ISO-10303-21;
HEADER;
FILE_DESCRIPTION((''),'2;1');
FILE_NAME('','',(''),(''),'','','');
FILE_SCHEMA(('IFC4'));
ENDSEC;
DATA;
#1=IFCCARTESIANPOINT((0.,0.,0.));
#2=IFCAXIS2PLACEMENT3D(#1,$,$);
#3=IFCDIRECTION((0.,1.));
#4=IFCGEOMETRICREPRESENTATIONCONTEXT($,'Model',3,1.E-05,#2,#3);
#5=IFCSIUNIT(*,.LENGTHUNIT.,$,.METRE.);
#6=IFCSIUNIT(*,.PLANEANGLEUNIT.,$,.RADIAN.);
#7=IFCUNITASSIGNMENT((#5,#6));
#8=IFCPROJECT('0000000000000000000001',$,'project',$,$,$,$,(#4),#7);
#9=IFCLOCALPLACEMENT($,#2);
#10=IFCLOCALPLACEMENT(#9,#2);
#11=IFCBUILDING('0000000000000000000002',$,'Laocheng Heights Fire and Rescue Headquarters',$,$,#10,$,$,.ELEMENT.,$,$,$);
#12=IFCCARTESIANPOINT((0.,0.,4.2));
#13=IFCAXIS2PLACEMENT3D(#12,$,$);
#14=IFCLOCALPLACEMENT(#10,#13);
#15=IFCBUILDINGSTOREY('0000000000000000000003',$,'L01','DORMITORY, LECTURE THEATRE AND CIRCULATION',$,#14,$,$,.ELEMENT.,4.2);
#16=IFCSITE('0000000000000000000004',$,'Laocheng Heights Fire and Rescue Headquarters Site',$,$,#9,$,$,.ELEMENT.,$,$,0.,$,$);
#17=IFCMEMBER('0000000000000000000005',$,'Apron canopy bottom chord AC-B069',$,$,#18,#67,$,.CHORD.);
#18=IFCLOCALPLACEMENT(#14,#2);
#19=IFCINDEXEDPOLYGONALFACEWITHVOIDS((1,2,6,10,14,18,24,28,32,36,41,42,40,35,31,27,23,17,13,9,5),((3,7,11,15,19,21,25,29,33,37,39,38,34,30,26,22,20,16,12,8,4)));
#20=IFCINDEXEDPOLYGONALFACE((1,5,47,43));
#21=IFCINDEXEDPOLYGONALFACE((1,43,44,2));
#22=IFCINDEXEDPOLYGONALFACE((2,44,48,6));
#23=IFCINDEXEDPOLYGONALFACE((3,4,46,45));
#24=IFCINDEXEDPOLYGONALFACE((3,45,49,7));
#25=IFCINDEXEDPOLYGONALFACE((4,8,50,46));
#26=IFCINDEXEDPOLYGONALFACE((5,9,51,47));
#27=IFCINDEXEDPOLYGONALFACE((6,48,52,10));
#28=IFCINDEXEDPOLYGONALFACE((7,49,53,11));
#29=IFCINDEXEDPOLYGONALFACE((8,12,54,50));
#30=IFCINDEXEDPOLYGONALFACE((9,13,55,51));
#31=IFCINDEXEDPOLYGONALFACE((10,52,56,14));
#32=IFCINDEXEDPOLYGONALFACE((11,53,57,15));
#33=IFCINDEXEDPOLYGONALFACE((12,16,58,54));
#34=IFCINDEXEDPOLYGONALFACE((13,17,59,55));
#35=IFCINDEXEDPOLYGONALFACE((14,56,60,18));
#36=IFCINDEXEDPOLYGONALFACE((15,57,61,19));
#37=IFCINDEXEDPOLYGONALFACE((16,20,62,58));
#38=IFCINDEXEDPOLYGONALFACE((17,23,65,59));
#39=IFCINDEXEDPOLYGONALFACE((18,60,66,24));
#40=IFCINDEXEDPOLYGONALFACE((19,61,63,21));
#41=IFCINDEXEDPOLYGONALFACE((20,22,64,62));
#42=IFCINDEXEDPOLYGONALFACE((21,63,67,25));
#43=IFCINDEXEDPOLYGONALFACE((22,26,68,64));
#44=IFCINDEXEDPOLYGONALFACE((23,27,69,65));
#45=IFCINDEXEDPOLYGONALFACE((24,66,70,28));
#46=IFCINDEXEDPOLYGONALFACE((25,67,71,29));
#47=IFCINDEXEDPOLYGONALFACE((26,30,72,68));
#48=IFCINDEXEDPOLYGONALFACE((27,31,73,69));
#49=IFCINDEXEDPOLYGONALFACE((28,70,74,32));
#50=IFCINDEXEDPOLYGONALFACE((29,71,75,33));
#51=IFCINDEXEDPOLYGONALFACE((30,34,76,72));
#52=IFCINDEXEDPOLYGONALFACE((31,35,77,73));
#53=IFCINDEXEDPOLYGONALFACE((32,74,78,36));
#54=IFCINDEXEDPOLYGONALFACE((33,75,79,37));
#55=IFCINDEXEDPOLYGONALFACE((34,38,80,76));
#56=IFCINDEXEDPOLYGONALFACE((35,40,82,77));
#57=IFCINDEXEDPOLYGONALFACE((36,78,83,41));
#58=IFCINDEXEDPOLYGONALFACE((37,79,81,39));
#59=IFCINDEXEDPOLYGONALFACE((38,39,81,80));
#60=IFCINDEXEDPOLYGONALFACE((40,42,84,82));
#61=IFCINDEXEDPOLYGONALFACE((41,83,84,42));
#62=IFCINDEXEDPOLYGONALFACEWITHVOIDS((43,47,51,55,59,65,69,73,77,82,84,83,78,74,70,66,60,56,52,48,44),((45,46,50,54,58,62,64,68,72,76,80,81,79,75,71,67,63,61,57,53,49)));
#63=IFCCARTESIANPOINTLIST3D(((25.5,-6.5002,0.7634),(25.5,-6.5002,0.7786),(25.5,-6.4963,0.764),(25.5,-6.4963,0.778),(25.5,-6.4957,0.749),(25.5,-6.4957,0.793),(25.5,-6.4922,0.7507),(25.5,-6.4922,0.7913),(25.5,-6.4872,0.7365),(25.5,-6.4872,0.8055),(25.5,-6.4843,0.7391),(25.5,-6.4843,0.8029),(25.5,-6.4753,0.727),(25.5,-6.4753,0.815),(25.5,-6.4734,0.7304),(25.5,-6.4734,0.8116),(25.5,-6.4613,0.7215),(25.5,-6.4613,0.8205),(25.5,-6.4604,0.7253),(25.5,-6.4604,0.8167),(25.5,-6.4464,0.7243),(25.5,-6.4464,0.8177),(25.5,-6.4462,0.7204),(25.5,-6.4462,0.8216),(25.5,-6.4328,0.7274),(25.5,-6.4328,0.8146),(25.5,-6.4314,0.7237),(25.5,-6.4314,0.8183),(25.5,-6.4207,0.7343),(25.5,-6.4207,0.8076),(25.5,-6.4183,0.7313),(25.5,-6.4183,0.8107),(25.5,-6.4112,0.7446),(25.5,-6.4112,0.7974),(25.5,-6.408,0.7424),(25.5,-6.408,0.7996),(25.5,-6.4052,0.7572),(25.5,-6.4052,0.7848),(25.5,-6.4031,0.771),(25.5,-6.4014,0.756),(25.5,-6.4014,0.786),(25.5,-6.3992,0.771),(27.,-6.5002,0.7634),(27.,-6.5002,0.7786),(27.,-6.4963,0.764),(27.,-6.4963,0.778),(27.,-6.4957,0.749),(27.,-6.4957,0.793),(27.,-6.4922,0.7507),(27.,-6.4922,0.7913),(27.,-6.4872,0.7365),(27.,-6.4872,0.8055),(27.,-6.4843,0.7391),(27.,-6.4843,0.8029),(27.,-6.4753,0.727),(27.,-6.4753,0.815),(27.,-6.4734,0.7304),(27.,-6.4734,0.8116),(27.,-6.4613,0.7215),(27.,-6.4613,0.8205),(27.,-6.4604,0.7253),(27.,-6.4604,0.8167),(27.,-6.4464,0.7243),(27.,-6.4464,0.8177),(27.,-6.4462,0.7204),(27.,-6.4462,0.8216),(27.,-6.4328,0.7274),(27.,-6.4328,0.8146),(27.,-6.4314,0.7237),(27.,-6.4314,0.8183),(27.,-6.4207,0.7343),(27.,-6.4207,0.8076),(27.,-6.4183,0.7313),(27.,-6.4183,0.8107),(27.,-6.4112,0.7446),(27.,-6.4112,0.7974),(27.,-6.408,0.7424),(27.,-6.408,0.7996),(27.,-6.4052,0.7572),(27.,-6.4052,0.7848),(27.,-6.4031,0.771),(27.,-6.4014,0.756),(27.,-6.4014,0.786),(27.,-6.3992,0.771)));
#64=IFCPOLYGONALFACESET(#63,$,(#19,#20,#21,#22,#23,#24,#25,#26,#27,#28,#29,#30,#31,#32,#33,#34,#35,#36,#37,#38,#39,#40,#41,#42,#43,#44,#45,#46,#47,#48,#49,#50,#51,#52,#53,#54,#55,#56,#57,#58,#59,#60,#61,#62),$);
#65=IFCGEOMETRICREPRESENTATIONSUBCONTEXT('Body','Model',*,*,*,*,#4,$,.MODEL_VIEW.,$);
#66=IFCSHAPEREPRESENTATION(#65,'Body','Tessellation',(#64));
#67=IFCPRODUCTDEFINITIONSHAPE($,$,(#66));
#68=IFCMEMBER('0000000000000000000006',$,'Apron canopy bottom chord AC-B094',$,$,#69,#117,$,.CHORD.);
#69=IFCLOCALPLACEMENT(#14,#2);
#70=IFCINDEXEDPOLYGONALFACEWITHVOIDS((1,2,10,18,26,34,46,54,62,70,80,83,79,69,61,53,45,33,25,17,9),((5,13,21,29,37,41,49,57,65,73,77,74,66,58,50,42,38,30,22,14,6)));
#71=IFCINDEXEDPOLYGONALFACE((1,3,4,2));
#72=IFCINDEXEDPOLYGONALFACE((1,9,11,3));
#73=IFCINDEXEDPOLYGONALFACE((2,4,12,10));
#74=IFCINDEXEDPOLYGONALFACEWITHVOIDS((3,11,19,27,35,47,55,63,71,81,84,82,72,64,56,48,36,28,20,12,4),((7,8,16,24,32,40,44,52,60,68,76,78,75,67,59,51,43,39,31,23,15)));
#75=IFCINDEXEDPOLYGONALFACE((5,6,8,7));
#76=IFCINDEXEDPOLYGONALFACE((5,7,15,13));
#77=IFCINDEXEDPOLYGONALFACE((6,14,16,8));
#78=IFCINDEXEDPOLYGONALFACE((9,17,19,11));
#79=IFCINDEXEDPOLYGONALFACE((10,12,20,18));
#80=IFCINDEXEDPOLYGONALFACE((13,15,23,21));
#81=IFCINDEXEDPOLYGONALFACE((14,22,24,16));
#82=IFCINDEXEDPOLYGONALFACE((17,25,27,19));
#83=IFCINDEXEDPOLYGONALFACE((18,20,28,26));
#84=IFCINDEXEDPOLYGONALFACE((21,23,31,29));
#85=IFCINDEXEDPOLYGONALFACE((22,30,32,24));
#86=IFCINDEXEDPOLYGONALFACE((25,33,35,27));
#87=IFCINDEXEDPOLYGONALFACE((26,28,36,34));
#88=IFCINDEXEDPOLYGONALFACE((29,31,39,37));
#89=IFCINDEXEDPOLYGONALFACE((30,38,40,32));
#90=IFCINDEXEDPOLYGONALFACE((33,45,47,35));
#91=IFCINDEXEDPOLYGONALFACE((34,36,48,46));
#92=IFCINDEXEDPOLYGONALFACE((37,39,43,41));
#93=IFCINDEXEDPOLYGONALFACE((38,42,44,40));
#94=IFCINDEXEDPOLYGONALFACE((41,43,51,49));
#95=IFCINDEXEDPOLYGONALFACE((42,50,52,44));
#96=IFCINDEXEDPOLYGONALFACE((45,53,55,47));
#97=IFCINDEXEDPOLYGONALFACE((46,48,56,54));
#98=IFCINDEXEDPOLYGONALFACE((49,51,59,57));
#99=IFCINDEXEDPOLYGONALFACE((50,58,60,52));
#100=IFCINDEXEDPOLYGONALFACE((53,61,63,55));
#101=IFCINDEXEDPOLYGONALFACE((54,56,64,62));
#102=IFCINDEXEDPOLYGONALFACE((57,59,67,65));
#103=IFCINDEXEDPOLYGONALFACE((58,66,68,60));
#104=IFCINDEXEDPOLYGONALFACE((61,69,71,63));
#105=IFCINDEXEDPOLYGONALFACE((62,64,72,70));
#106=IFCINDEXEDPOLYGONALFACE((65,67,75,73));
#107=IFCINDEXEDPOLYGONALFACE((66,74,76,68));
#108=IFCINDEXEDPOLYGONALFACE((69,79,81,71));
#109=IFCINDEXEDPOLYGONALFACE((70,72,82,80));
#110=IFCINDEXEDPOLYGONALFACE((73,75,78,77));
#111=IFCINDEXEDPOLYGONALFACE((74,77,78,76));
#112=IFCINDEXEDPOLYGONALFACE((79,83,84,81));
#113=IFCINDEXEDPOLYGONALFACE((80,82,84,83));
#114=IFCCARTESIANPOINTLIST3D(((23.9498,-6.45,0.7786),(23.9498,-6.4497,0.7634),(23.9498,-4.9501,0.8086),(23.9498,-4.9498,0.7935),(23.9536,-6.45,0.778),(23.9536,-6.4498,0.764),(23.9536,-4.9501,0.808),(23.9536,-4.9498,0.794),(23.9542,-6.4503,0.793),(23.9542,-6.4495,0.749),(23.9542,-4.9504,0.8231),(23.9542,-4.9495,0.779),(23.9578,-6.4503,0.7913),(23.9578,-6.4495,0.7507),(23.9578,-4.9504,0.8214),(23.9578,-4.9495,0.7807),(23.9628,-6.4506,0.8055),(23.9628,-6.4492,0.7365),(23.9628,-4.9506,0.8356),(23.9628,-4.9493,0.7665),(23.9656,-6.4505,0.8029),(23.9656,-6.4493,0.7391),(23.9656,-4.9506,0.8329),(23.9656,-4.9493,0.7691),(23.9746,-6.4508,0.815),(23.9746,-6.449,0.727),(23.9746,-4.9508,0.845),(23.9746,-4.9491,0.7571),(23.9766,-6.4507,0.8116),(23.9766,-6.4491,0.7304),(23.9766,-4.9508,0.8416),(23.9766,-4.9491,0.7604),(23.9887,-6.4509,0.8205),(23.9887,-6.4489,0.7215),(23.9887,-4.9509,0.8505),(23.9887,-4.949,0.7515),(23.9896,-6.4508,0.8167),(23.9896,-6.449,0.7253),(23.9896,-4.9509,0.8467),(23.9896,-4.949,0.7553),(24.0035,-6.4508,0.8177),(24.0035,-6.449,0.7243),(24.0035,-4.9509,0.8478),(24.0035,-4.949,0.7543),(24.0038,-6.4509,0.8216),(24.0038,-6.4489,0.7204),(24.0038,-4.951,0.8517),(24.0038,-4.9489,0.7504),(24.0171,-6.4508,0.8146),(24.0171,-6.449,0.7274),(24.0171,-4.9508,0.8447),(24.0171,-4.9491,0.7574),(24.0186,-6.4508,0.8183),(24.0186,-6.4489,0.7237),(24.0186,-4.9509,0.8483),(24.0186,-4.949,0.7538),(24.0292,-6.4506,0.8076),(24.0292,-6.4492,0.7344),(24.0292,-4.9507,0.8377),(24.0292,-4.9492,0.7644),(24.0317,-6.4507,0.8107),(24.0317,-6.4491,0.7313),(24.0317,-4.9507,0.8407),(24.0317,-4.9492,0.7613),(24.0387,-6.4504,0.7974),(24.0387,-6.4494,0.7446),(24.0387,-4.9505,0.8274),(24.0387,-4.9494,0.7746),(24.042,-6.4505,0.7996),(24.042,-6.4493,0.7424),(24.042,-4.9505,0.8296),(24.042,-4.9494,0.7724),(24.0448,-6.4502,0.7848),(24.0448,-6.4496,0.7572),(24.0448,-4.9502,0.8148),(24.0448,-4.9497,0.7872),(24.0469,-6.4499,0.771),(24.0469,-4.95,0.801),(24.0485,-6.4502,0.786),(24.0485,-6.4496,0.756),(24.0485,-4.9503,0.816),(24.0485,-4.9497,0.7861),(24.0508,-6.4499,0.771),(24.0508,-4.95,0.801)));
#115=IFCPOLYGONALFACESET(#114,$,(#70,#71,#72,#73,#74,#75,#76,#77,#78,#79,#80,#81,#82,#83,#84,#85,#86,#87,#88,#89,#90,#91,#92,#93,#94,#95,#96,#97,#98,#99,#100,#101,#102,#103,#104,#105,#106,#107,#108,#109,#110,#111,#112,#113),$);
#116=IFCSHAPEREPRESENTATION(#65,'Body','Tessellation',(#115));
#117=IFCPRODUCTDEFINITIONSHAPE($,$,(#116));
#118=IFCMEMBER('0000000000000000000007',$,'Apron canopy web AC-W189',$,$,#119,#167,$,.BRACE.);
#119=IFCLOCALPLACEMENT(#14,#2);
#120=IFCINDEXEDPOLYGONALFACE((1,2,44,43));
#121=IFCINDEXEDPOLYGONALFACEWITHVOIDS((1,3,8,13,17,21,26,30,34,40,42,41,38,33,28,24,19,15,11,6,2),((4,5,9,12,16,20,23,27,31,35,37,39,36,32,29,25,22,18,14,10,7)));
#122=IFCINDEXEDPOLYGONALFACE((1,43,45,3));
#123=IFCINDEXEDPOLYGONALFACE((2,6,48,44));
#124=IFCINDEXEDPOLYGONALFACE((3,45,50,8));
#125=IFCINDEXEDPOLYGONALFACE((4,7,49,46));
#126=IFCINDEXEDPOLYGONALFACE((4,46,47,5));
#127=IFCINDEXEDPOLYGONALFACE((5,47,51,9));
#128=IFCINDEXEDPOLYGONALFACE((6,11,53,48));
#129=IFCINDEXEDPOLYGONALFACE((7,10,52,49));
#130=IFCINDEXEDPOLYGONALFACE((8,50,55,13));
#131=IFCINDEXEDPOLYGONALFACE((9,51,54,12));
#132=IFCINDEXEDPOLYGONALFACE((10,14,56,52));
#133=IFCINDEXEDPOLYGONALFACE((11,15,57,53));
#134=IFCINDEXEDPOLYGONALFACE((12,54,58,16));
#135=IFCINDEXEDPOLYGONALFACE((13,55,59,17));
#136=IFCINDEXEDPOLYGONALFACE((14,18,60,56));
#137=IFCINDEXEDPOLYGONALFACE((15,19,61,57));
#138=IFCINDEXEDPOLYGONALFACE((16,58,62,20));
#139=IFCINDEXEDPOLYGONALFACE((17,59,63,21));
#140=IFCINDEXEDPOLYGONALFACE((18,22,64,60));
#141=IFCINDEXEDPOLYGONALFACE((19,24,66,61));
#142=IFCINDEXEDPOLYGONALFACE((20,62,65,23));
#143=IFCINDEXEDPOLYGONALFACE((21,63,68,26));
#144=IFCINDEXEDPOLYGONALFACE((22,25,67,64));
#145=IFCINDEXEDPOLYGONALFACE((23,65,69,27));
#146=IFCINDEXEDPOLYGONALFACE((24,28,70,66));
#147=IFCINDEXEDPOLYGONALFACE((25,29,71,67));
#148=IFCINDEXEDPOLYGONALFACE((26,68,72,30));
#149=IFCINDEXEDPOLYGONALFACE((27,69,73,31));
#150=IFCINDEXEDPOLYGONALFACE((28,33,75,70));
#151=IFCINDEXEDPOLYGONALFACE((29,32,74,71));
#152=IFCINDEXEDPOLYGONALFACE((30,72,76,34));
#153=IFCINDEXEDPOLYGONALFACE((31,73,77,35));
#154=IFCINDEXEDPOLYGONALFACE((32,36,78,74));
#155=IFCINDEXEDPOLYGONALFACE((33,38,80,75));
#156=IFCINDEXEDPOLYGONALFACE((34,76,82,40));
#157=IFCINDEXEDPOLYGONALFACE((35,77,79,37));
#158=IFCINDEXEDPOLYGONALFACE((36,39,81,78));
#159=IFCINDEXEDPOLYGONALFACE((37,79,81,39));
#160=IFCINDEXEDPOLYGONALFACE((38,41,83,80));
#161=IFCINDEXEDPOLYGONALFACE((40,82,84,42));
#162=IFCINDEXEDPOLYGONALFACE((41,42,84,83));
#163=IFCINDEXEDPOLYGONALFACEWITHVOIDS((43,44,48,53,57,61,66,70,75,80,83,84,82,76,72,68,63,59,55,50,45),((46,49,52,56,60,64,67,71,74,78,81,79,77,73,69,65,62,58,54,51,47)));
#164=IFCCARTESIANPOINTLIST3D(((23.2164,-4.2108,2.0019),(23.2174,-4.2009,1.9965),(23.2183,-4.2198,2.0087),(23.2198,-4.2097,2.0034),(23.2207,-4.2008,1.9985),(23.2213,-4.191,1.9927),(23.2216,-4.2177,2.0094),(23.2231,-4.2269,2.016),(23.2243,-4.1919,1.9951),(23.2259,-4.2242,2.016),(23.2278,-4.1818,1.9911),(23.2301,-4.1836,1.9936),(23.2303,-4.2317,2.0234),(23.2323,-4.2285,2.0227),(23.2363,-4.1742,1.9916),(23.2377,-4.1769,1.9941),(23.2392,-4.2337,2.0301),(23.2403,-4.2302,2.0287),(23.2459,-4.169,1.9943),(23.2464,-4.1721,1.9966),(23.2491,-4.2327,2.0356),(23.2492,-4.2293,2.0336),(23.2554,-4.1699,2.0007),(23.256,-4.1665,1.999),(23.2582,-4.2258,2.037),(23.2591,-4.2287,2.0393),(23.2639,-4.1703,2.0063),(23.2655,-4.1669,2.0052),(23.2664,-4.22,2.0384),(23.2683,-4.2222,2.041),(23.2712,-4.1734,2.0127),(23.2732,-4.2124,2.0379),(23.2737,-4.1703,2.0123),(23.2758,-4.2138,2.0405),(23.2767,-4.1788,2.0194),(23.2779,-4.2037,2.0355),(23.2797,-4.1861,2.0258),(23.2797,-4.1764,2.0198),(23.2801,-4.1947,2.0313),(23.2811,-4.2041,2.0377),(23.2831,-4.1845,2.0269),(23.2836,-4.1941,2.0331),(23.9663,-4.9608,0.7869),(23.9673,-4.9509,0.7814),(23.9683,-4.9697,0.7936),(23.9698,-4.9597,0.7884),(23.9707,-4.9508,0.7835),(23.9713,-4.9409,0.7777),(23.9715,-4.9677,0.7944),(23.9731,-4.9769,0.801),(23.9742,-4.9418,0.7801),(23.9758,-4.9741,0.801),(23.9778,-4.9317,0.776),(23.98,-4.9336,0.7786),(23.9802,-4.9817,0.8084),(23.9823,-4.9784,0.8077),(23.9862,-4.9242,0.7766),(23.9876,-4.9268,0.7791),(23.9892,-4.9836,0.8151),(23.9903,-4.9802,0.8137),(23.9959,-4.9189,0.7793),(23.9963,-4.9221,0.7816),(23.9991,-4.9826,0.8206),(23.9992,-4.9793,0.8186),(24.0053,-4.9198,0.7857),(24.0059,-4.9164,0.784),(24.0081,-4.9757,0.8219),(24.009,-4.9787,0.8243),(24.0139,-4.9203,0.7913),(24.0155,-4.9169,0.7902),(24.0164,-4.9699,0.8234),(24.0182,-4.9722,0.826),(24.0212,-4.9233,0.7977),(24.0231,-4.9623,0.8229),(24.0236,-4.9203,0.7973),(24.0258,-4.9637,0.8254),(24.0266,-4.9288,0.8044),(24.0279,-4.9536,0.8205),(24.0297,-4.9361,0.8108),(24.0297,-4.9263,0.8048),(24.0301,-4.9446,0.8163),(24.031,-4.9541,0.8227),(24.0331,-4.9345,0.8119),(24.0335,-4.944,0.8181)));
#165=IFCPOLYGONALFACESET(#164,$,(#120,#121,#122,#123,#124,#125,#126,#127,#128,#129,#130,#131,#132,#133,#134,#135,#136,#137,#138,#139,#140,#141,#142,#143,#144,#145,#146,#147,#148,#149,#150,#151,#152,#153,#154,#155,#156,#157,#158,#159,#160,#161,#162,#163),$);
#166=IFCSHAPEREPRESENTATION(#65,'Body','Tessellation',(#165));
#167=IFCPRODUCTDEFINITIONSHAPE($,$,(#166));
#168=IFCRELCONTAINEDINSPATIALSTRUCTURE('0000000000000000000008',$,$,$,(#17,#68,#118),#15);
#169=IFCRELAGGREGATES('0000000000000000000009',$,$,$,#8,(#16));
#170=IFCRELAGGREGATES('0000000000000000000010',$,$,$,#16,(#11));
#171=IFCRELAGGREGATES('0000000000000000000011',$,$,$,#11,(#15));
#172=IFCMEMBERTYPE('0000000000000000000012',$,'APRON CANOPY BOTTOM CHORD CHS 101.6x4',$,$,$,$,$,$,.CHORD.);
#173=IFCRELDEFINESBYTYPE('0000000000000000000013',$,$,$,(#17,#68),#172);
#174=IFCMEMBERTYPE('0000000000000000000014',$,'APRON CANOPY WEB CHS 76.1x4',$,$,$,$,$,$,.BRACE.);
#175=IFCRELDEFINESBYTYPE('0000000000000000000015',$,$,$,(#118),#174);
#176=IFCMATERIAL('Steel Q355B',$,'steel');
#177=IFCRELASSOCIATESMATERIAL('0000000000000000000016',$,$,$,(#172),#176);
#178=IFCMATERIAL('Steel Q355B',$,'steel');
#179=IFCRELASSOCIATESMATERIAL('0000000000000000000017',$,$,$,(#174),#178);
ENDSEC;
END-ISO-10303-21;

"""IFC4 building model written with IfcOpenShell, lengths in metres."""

from ifc_helpers import new_model, si_unit, direction, frame, origin, origin_2d, place, context, subcontext, project, spatial, hollow_circle, extrude, material, material_profile, profile_set, type_object, element, save


model = new_model("IFC4")

# Units and contexts
model_context = context("Model", 3, precision=1e-05, world=origin(), true_north=direction((0.0, 1.0)))
body_context = subcontext(model_context, "Body", "Model", "MODEL_VIEW")
ifc_project = project(units=[si_unit("LENGTHUNIT", "METRE"), si_unit("PLANEANGLEUNIT", "RADIAN")], contexts=[model_context])

# Site, building, storey
site_placement = place(None, origin())
site = spatial("IfcSite", under=ifc_project, at=site_placement, Name="Laocheng Heights Fire and Rescue Headquarters Site", CompositionType="ELEMENT", RefElevation=0.0)
building_placement = place(site_placement, origin())
building = spatial("IfcBuilding", under=site, at=building_placement, Name="Laocheng Heights Fire and Rescue Headquarters", CompositionType="ELEMENT")
storey_placement = place(building_placement, frame((0.0, 0.0, 4.2)))
storey = spatial("IfcBuildingStorey", under=building, at=storey_placement, Name="L01", Description="DORMITORY, LECTURE THEATRE AND CIRCULATION", CompositionType="ELEMENT", Elevation=4.2)

# Members
ifc_material_1 = material(Name="Steel Q355B", Category="steel")
ifc_material_profile_1 = material_profile(ifc_material_1, hollow_circle(Radius=0.0508, WallThickness=0.0039, at=origin_2d()), Name="CHS 101.6x4")
ifc_profile_set_1 = profile_set([ifc_material_profile_1], Name="Steel Q355B")
member_type_1 = type_object("IfcMemberType", Name="APRON CANOPY BOTTOM CHORD CHS 101.6x4", PredefinedType="CHORD", material=ifc_profile_set_1)
for number, where, z_axis, x_axis, name in (
    (1, (25.5, -6.45, 0.771), (1.0, 0.0, 0.0), (0.0, 1.0, 0.0), "Apron canopy bottom chord AC-B069"),
):
    element("IfcMember", number, at=place(storey_placement, frame(where, z_axis=z_axis, x_axis=x_axis)), inside=storey, type_object=member_type_1, Name=name, PredefinedType="CHORD", context=body_context, shape_type="SweptSolid", body=[
        extrude(hollow_circle(Radius=0.0508, WallThickness=0.0039, at=origin_2d()), origin(), (0.0, 0.0, 1.0), 1.5),
    ])
member_placement = place(storey_placement, frame((24.0, -4.95, 0.801), z_axis=(0.0, -0.9998, -0.020016), x_axis=(1.0, 0.0, 0.0)))
element("IfcMember", 2, at=member_placement, inside=storey, type_object=member_type_1, Name="Apron canopy bottom chord AC-B094", PredefinedType="CHORD", context=body_context, shape_type="SweptSolid", body=[
    extrude(hollow_circle(Radius=0.0508, WallThickness=0.0039, at=origin_2d()), origin(), (0.0, 0.0, 1.0), 1.5002),
])
ifc_material_2 = material(Name="Steel Q355B", Category="steel")
ifc_material_profile_2 = material_profile(ifc_material_2, hollow_circle(Radius=0.0381, WallThickness=0.0039, at=origin_2d()), Name="CHS 76.1x4")
ifc_profile_set_2 = profile_set([ifc_material_profile_2], Name="Steel Q355B")
member_type_2 = type_object("IfcMemberType", Name="APRON CANOPY WEB CHS 76.1x4", PredefinedType="BRACE", material=ifc_profile_set_2)
for number, where, z_axis, x_axis, name in (
    (3, (24.0, -4.95, 0.801), (-0.465002, 0.465002, 0.753357), (-0.707107, -0.707107, 0.0), "Apron canopy web AC-W189"),
):
    element("IfcMember", number, at=place(storey_placement, frame(where, z_axis=z_axis, x_axis=x_axis)), inside=storey, type_object=member_type_2, Name=name, PredefinedType="BRACE", context=body_context, shape_type="SweptSolid", body=[
        extrude(hollow_circle(Radius=0.0381, WallThickness=0.0039, at=origin_2d()), origin(), (0.0, 0.0, 1.0), 1.6128),
    ])

save(model, "model.ifc")
